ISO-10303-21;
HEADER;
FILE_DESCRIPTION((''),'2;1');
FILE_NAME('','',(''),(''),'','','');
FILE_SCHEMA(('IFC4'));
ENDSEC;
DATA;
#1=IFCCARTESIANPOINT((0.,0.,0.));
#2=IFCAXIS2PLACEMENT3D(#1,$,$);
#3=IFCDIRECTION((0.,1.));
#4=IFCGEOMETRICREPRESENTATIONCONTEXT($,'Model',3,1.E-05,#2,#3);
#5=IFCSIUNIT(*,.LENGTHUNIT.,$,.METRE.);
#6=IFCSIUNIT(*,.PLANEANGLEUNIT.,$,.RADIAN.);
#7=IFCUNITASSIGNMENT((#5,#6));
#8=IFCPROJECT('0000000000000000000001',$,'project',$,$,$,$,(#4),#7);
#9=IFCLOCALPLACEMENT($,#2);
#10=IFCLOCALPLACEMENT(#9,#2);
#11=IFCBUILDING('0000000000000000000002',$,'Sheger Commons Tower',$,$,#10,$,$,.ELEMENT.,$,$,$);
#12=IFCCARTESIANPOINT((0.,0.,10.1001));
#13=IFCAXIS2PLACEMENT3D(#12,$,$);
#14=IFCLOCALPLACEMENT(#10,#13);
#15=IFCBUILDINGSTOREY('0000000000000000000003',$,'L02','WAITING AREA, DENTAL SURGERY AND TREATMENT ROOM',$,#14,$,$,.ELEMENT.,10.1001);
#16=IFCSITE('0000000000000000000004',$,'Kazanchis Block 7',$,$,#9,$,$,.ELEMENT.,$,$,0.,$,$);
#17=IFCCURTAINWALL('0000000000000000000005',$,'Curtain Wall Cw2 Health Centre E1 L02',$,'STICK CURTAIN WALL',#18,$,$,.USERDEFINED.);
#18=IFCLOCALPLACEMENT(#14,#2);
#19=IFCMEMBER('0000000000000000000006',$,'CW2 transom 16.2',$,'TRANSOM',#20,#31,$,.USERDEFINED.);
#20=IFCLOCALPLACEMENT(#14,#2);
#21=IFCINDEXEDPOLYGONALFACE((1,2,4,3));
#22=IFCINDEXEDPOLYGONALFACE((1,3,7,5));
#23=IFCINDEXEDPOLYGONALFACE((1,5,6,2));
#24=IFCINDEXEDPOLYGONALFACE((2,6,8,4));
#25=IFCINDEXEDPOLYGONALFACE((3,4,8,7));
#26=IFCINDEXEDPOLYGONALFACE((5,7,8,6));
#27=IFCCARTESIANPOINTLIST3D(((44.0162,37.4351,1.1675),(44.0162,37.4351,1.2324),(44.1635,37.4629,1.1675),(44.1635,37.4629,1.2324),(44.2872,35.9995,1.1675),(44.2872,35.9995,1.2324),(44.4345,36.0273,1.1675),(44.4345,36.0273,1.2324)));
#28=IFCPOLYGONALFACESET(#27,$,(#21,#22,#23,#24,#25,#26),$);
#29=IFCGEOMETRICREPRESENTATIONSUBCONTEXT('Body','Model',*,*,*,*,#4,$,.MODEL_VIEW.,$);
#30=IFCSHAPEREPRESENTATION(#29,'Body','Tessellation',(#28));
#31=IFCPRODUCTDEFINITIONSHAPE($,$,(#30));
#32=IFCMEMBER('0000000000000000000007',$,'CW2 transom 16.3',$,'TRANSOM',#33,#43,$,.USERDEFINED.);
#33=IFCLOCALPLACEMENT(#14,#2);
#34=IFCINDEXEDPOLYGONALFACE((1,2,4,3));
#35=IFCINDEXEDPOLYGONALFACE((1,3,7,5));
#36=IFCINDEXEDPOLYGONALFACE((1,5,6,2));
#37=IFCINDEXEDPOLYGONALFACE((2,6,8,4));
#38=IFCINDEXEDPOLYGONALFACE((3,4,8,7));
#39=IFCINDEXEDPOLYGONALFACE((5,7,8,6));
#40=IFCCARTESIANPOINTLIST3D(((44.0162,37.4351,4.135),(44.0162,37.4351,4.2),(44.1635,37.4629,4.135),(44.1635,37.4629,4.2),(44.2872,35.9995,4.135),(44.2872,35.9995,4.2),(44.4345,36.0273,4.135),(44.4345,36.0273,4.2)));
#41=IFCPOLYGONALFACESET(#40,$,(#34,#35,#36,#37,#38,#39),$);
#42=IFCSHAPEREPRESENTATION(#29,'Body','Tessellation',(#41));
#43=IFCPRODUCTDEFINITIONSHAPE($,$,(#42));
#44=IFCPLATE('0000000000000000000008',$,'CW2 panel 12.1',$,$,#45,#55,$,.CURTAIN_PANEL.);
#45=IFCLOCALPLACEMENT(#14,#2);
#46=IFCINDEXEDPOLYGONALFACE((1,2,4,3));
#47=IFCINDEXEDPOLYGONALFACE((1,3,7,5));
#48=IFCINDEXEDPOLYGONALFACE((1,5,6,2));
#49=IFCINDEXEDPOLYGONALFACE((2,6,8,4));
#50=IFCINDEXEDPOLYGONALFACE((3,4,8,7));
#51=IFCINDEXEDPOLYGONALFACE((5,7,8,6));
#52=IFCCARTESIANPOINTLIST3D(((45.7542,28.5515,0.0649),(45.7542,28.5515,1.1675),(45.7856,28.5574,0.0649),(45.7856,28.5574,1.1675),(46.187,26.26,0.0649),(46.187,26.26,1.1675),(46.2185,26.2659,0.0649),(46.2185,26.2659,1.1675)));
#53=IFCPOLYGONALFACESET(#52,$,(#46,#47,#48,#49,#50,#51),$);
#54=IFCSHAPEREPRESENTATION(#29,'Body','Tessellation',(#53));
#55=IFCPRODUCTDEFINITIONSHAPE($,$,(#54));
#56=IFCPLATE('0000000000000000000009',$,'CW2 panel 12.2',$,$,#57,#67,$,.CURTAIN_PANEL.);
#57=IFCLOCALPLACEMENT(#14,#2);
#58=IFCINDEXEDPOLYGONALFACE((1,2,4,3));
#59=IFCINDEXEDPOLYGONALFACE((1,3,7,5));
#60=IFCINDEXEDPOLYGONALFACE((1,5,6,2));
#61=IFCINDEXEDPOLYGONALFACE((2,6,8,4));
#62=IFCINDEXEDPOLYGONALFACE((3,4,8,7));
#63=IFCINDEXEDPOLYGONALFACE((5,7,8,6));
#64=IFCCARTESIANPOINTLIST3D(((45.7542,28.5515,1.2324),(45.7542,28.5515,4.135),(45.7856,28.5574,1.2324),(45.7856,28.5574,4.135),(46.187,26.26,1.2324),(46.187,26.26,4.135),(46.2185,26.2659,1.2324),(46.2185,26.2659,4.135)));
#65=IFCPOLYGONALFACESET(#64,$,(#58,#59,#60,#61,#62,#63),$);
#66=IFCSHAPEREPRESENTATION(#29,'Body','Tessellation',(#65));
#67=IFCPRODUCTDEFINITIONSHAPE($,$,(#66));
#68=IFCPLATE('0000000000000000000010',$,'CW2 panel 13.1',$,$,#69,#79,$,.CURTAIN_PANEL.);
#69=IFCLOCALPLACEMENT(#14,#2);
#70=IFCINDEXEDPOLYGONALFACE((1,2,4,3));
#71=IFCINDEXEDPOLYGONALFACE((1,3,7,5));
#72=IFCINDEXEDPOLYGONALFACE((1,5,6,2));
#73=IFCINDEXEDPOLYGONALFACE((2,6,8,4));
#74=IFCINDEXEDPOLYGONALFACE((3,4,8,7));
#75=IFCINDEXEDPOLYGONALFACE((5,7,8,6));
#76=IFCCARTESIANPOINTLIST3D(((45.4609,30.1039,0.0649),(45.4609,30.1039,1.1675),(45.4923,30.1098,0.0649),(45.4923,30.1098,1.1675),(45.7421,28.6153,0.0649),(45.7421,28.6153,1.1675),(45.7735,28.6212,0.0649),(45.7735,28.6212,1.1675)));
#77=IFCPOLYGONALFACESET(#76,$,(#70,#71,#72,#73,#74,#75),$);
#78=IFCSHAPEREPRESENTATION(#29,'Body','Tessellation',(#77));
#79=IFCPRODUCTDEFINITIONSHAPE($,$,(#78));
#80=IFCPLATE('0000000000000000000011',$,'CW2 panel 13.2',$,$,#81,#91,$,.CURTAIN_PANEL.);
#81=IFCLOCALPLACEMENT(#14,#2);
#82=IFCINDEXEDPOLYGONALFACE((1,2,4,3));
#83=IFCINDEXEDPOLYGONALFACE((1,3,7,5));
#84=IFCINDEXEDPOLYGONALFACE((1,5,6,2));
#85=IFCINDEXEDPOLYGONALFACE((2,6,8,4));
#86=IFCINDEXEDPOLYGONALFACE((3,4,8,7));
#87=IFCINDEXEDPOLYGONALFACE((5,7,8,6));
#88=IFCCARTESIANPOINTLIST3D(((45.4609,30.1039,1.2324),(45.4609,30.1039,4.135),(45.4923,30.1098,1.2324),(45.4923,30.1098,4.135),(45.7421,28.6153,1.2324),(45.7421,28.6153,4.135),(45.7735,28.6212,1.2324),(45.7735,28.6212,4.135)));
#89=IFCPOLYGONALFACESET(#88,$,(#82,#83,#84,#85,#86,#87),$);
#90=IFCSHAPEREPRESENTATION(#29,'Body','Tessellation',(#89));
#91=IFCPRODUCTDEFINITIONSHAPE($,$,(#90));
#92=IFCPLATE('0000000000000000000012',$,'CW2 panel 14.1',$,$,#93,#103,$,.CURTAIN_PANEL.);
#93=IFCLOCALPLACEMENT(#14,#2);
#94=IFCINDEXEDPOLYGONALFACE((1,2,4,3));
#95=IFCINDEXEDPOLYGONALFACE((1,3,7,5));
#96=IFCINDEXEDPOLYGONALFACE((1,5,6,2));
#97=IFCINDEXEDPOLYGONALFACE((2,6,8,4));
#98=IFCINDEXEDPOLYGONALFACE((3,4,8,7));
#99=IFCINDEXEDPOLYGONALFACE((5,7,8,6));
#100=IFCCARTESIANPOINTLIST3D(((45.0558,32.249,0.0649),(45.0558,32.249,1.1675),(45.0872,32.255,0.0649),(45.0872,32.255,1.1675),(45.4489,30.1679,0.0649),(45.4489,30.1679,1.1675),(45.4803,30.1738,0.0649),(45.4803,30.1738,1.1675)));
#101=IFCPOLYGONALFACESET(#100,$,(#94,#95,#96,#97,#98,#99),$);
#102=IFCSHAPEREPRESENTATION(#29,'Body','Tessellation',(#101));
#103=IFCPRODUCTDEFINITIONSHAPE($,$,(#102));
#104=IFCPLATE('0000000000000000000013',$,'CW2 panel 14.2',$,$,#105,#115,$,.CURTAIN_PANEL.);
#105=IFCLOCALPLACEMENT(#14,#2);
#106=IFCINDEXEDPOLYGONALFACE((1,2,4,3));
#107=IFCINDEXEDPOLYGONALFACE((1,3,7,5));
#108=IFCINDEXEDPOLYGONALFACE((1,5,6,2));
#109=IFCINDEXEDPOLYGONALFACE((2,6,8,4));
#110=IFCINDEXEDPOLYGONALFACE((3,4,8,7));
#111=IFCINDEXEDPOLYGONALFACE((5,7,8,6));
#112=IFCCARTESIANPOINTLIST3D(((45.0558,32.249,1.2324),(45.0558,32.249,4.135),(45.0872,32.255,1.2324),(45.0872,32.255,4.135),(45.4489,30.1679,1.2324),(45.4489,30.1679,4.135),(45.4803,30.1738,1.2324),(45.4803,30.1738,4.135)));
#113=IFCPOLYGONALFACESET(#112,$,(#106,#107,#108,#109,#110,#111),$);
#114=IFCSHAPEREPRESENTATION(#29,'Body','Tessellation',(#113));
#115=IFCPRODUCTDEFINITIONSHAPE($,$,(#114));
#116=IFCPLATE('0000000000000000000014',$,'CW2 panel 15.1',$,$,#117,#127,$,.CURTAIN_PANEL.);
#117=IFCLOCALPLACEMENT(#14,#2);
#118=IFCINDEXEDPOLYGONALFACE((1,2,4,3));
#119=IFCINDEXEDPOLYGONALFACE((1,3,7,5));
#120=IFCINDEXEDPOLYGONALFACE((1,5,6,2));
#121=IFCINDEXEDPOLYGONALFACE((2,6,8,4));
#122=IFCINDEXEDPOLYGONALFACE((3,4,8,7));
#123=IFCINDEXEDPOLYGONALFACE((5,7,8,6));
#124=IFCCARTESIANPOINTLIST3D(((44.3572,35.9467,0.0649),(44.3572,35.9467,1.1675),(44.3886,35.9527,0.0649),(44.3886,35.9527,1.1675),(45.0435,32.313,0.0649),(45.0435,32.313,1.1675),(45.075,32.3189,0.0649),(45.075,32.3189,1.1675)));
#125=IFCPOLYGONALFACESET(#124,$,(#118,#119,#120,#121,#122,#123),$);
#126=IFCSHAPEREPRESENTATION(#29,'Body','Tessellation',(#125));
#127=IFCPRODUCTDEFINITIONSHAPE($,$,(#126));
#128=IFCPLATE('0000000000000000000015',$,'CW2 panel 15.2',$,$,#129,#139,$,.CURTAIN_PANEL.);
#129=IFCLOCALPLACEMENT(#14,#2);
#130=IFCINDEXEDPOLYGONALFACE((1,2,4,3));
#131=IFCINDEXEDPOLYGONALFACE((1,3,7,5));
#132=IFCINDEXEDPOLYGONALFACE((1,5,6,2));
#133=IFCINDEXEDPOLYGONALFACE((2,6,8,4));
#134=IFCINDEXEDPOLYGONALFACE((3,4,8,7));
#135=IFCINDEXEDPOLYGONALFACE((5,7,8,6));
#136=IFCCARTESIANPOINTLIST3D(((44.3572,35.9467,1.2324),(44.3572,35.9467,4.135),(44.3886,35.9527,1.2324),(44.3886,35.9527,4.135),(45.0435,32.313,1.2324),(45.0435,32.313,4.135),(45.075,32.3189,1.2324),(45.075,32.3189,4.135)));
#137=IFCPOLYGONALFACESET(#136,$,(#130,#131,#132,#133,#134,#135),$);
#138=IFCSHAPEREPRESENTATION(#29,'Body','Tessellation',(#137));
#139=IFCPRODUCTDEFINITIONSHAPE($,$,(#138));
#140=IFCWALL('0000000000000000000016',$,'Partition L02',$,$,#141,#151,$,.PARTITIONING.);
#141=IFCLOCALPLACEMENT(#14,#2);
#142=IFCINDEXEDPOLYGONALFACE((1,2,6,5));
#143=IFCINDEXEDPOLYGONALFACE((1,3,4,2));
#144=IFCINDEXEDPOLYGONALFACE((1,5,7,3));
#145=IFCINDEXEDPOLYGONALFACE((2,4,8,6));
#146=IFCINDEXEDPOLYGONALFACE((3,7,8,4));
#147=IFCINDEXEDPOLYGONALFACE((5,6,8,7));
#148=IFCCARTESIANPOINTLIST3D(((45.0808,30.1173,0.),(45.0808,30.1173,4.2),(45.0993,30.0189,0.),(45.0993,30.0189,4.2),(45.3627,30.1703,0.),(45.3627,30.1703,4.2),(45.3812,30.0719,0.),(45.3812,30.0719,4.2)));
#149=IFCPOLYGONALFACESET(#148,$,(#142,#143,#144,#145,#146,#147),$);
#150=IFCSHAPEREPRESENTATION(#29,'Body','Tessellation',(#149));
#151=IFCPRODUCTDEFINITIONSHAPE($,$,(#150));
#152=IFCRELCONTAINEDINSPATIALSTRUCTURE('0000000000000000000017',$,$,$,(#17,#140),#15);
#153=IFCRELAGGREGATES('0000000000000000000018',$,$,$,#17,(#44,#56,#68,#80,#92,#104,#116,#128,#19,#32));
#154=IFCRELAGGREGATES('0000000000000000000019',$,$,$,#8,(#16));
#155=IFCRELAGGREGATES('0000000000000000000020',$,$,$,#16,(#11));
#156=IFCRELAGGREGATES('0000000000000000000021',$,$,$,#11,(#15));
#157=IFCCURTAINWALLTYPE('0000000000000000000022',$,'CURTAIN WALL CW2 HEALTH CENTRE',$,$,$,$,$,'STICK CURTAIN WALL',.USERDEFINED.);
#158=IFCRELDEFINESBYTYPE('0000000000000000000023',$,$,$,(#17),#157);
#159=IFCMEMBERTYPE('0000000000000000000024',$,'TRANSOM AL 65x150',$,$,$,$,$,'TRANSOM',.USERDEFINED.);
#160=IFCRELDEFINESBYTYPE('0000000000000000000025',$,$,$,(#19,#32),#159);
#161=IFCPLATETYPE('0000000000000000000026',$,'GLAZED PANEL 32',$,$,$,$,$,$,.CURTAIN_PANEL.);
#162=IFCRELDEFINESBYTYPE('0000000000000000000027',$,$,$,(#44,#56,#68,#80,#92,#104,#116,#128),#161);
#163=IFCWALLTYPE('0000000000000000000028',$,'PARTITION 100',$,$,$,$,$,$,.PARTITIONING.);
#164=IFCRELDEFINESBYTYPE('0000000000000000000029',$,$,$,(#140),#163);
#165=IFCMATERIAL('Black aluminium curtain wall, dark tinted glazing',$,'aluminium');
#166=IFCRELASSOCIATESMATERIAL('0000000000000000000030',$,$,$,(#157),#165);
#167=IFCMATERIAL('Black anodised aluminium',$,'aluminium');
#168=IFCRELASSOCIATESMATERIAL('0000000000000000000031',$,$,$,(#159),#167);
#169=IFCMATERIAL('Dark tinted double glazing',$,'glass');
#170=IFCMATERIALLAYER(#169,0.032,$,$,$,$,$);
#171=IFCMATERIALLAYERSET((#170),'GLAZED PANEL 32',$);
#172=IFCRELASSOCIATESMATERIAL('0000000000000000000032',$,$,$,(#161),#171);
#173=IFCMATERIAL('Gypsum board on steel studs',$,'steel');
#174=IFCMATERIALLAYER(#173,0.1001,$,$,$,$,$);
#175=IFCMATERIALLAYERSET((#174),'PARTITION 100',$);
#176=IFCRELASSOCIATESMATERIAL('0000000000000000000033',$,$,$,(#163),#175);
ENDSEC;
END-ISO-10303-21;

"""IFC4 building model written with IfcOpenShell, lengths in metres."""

from ifc_helpers import new_model, si_unit, direction, frame, frame_2d, origin, origin_2d, place, context, subcontext, project, spatial, rectangle, extrude, material, layer, layer_set, material_profile, profile_set, type_object, element, aggregate, save


model = new_model("IFC4")

# Units and contexts
model_context = context("Model", 3, precision=1e-05, world=origin(), true_north=direction((0.0, 1.0)))
body_context = subcontext(model_context, "Body", "Model", "MODEL_VIEW")
ifc_project = project(units=[si_unit("LENGTHUNIT", "METRE"), si_unit("PLANEANGLEUNIT", "RADIAN")], contexts=[model_context])

# Site, building, storey
site_placement = place(None, origin())
site = spatial("IfcSite", under=ifc_project, at=site_placement, Name="Kazanchis Block 7", CompositionType="ELEMENT", RefElevation=0.0)
building_placement = place(site_placement, origin())
building = spatial("IfcBuilding", under=site, at=building_placement, Name="Sheger Commons Tower", CompositionType="ELEMENT")
storey_placement = place(building_placement, frame((0.0, 0.0, 10.1001)))
storey = spatial("IfcBuildingStorey", under=building, at=storey_placement, Name="L02", Description="WAITING AREA, DENTAL SURGERY AND TREATMENT ROOM", CompositionType="ELEMENT", Elevation=10.1001)

# Curtain wall, members, plates
ifc_material_1 = material(Name="Black aluminium curtain wall, dark tinted glazing", Category="aluminium")
curtain_wall_type = type_object("IfcCurtainWallType", Name="CURTAIN WALL CW2 HEALTH CENTRE", ElementType="STICK CURTAIN WALL", PredefinedType="USERDEFINED", material=ifc_material_1)
curtain_wall_placement = place(storey_placement, origin())
curtain_wall = element("IfcCurtainWall", 1, at=curtain_wall_placement, inside=storey, type_object=curtain_wall_type, Name="Curtain Wall Cw2 Health Centre E1 L02", ObjectType="STICK CURTAIN WALL", PredefinedType="USERDEFINED")
ifc_material_2 = material(Name="Black anodised aluminium", Category="aluminium")
ifc_material_profile_1 = material_profile(ifc_material_2, rectangle(XDim=0.1499, YDim=0.0649, at=origin_2d()), Name="AL 65x150")
ifc_profile_set_1 = profile_set([ifc_material_profile_1], Name="Black anodised aluminium")
member_type_1 = type_object("IfcMemberType", Name="TRANSOM AL 65x150", ElementType="TRANSOM", PredefinedType="USERDEFINED", material=ifc_profile_set_1)
member_1_placement = place(storey_placement, frame((44.3608, 36.0134, 1.2), z_axis=(-0.185499, 0.982644, 0.0), x_axis=(-0.982644, -0.185499, 0.0)))
member_1 = element("IfcMember", 2, at=member_1_placement, type_object=member_type_1, Name="CW2 transom 16.2", ObjectType="TRANSOM", PredefinedType="USERDEFINED", context=body_context, shape_type="SweptSolid", body=[
    extrude(rectangle(XDim=0.1499, YDim=0.0649, at=origin_2d()), origin(), (0.0, 0.0, 1.0), 1.4609),
])
member_2_placement = place(storey_placement, frame((44.3608, 36.0134, 4.1675), z_axis=(-0.185499, 0.982644, 0.0), x_axis=(-0.982644, -0.185499, 0.0)))
member_2 = element("IfcMember", 3, at=member_2_placement, type_object=member_type_1, Name="CW2 transom 16.3", ObjectType="TRANSOM", PredefinedType="USERDEFINED", context=body_context, shape_type="SweptSolid", body=[
    extrude(rectangle(XDim=0.1499, YDim=0.0649, at=origin_2d()), origin(), (0.0, 0.0, 1.0), 1.4609),
])
ifc_material_3 = material(Name="Dark tinted double glazing", Category="glass")
ifc_layer_1 = layer(ifc_material_3, 0.032)
ifc_layer_set_1 = layer_set([ifc_layer_1], Name="GLAZED PANEL 32")
plate_type = type_object("IfcPlateType", Name="GLAZED PANEL 32", PredefinedType="CURTAIN_PANEL", material=ifc_layer_set_1)
plate_1_placement = place(storey_placement, frame((45.9863, 27.4087, 0.0649), z_axis=(0.0, 0.0, 1.0), x_axis=(-0.18561, 0.982624, 0.0)))
plate_1 = element("IfcPlate", 4, at=plate_1_placement, type_object=plate_type, Name="CW2 panel 12.1", PredefinedType="CURTAIN_PANEL", context=body_context, shape_type="SweptSolid", body=[
    extrude(rectangle(XDim=2.332, YDim=0.032, at=origin_2d()), origin(), (0.0, 0.0, 1.0), 1.1025),
])
plate_2_placement = place(storey_placement, frame((45.9863, 27.4087, 1.2324), z_axis=(0.0, 0.0, 1.0), x_axis=(-0.18561, 0.982624, 0.0)))
plate_2 = element("IfcPlate", 5, at=plate_2_placement, type_object=plate_type, Name="CW2 panel 12.2", PredefinedType="CURTAIN_PANEL", context=body_context, shape_type="SweptSolid", body=[
    extrude(rectangle(XDim=2.332, YDim=0.032, at=origin_2d()), origin(), (0.0, 0.0, 1.0), 2.9026),
])
plate_3_placement = place(storey_placement, frame((45.6172, 29.3625, 0.0649), z_axis=(0.0, 0.0, 1.0), x_axis=(-0.18561, 0.982624, 0.0)))
plate_3 = element("IfcPlate", 6, at=plate_3_placement, type_object=plate_type, Name="CW2 panel 13.1", PredefinedType="CURTAIN_PANEL", context=body_context, shape_type="SweptSolid", body=[
    extrude(rectangle(XDim=1.5149, YDim=0.032, at=origin_2d()), origin(), (0.0, 0.0, 1.0), 1.1025),
])
plate_4_placement = place(storey_placement, frame((45.6172, 29.3625, 1.2324), z_axis=(0.0, 0.0, 1.0), x_axis=(-0.18561, 0.982624, 0.0)))
plate_4 = element("IfcPlate", 7, at=plate_4_placement, type_object=plate_type, Name="CW2 panel 13.2", PredefinedType="CURTAIN_PANEL", context=body_context, shape_type="SweptSolid", body=[
    extrude(rectangle(XDim=1.5149, YDim=0.032, at=origin_2d()), origin(), (0.0, 0.0, 1.0), 2.9026),
])
plate_5_placement = place(storey_placement, frame((45.2681, 31.2114, 0.0649), z_axis=(0.0, 0.0, 1.0), x_axis=(-0.18561, 0.982624, 0.0)))
plate_5 = element("IfcPlate", 8, at=plate_5_placement, type_object=plate_type, Name="CW2 panel 14.1", PredefinedType="CURTAIN_PANEL", context=body_context, shape_type="SweptSolid", body=[
    extrude(rectangle(XDim=2.1179, YDim=0.032, at=origin_2d()), origin(), (0.0, 0.0, 1.0), 1.1025),
])
plate_6_placement = place(storey_placement, frame((45.2681, 31.2114, 1.2324), z_axis=(0.0, 0.0, 1.0), x_axis=(-0.18561, 0.982624, 0.0)))
plate_6 = element("IfcPlate", 9, at=plate_6_placement, type_object=plate_type, Name="CW2 panel 14.2", PredefinedType="CURTAIN_PANEL", context=body_context, shape_type="SweptSolid", body=[
    extrude(rectangle(XDim=2.1179, YDim=0.032, at=origin_2d()), origin(), (0.0, 0.0, 1.0), 2.9026),
])
plate_7_placement = place(storey_placement, frame((44.7161, 34.1328, 0.0649), z_axis=(0.0, 0.0, 1.0), x_axis=(-0.18561, 0.982624, 0.0)))
plate_7 = element("IfcPlate", 10, at=plate_7_placement, type_object=plate_type, Name="CW2 panel 15.1", PredefinedType="CURTAIN_PANEL", context=body_context, shape_type="SweptSolid", body=[
    extrude(rectangle(XDim=3.698, YDim=0.032, at=origin_2d()), origin(), (0.0, 0.0, 1.0), 1.1025),
])
plate_8_placement = place(storey_placement, frame((44.7161, 34.1328, 1.2324), z_axis=(0.0, 0.0, 1.0), x_axis=(-0.18561, 0.982624, 0.0)))
plate_8 = element("IfcPlate", 11, at=plate_8_placement, type_object=plate_type, Name="CW2 panel 15.2", PredefinedType="CURTAIN_PANEL", context=body_context, shape_type="SweptSolid", body=[
    extrude(rectangle(XDim=3.698, YDim=0.032, at=origin_2d()), origin(), (0.0, 0.0, 1.0), 2.9026),
])
aggregate(curtain_wall, [plate_1, plate_2, plate_3, plate_4, plate_5, plate_6, plate_7, plate_8, member_1, member_2])

# Wall
ifc_material_4 = material(Name="Gypsum board on steel studs", Category="steel")
ifc_layer_2 = layer(ifc_material_4, 0.1001)
ifc_layer_set_2 = layer_set([ifc_layer_2], Name="PARTITION 100")
wall_type = type_object("IfcWallType", Name="PARTITION 100", PredefinedType="PARTITIONING", material=ifc_layer_set_2)
wall_placement = place(storey_placement, frame((45.3721, 30.1211, 0.0), z_axis=(0.0, 0.0, 1.0), x_axis=(-0.982805, -0.184648, 0.0)))
element("IfcWall", 12, at=wall_placement, inside=storey, type_object=wall_type, Name="Partition L02", PredefinedType="PARTITIONING", context=body_context, shape_type="SweptSolid", body=[
    extrude(rectangle(XDim=0.2869, YDim=0.1001, at=frame_2d((0.1436, 0.0))), origin(), (0.0, 0.0, 1.0), 4.2),
])

save(model, "model.ifc")
